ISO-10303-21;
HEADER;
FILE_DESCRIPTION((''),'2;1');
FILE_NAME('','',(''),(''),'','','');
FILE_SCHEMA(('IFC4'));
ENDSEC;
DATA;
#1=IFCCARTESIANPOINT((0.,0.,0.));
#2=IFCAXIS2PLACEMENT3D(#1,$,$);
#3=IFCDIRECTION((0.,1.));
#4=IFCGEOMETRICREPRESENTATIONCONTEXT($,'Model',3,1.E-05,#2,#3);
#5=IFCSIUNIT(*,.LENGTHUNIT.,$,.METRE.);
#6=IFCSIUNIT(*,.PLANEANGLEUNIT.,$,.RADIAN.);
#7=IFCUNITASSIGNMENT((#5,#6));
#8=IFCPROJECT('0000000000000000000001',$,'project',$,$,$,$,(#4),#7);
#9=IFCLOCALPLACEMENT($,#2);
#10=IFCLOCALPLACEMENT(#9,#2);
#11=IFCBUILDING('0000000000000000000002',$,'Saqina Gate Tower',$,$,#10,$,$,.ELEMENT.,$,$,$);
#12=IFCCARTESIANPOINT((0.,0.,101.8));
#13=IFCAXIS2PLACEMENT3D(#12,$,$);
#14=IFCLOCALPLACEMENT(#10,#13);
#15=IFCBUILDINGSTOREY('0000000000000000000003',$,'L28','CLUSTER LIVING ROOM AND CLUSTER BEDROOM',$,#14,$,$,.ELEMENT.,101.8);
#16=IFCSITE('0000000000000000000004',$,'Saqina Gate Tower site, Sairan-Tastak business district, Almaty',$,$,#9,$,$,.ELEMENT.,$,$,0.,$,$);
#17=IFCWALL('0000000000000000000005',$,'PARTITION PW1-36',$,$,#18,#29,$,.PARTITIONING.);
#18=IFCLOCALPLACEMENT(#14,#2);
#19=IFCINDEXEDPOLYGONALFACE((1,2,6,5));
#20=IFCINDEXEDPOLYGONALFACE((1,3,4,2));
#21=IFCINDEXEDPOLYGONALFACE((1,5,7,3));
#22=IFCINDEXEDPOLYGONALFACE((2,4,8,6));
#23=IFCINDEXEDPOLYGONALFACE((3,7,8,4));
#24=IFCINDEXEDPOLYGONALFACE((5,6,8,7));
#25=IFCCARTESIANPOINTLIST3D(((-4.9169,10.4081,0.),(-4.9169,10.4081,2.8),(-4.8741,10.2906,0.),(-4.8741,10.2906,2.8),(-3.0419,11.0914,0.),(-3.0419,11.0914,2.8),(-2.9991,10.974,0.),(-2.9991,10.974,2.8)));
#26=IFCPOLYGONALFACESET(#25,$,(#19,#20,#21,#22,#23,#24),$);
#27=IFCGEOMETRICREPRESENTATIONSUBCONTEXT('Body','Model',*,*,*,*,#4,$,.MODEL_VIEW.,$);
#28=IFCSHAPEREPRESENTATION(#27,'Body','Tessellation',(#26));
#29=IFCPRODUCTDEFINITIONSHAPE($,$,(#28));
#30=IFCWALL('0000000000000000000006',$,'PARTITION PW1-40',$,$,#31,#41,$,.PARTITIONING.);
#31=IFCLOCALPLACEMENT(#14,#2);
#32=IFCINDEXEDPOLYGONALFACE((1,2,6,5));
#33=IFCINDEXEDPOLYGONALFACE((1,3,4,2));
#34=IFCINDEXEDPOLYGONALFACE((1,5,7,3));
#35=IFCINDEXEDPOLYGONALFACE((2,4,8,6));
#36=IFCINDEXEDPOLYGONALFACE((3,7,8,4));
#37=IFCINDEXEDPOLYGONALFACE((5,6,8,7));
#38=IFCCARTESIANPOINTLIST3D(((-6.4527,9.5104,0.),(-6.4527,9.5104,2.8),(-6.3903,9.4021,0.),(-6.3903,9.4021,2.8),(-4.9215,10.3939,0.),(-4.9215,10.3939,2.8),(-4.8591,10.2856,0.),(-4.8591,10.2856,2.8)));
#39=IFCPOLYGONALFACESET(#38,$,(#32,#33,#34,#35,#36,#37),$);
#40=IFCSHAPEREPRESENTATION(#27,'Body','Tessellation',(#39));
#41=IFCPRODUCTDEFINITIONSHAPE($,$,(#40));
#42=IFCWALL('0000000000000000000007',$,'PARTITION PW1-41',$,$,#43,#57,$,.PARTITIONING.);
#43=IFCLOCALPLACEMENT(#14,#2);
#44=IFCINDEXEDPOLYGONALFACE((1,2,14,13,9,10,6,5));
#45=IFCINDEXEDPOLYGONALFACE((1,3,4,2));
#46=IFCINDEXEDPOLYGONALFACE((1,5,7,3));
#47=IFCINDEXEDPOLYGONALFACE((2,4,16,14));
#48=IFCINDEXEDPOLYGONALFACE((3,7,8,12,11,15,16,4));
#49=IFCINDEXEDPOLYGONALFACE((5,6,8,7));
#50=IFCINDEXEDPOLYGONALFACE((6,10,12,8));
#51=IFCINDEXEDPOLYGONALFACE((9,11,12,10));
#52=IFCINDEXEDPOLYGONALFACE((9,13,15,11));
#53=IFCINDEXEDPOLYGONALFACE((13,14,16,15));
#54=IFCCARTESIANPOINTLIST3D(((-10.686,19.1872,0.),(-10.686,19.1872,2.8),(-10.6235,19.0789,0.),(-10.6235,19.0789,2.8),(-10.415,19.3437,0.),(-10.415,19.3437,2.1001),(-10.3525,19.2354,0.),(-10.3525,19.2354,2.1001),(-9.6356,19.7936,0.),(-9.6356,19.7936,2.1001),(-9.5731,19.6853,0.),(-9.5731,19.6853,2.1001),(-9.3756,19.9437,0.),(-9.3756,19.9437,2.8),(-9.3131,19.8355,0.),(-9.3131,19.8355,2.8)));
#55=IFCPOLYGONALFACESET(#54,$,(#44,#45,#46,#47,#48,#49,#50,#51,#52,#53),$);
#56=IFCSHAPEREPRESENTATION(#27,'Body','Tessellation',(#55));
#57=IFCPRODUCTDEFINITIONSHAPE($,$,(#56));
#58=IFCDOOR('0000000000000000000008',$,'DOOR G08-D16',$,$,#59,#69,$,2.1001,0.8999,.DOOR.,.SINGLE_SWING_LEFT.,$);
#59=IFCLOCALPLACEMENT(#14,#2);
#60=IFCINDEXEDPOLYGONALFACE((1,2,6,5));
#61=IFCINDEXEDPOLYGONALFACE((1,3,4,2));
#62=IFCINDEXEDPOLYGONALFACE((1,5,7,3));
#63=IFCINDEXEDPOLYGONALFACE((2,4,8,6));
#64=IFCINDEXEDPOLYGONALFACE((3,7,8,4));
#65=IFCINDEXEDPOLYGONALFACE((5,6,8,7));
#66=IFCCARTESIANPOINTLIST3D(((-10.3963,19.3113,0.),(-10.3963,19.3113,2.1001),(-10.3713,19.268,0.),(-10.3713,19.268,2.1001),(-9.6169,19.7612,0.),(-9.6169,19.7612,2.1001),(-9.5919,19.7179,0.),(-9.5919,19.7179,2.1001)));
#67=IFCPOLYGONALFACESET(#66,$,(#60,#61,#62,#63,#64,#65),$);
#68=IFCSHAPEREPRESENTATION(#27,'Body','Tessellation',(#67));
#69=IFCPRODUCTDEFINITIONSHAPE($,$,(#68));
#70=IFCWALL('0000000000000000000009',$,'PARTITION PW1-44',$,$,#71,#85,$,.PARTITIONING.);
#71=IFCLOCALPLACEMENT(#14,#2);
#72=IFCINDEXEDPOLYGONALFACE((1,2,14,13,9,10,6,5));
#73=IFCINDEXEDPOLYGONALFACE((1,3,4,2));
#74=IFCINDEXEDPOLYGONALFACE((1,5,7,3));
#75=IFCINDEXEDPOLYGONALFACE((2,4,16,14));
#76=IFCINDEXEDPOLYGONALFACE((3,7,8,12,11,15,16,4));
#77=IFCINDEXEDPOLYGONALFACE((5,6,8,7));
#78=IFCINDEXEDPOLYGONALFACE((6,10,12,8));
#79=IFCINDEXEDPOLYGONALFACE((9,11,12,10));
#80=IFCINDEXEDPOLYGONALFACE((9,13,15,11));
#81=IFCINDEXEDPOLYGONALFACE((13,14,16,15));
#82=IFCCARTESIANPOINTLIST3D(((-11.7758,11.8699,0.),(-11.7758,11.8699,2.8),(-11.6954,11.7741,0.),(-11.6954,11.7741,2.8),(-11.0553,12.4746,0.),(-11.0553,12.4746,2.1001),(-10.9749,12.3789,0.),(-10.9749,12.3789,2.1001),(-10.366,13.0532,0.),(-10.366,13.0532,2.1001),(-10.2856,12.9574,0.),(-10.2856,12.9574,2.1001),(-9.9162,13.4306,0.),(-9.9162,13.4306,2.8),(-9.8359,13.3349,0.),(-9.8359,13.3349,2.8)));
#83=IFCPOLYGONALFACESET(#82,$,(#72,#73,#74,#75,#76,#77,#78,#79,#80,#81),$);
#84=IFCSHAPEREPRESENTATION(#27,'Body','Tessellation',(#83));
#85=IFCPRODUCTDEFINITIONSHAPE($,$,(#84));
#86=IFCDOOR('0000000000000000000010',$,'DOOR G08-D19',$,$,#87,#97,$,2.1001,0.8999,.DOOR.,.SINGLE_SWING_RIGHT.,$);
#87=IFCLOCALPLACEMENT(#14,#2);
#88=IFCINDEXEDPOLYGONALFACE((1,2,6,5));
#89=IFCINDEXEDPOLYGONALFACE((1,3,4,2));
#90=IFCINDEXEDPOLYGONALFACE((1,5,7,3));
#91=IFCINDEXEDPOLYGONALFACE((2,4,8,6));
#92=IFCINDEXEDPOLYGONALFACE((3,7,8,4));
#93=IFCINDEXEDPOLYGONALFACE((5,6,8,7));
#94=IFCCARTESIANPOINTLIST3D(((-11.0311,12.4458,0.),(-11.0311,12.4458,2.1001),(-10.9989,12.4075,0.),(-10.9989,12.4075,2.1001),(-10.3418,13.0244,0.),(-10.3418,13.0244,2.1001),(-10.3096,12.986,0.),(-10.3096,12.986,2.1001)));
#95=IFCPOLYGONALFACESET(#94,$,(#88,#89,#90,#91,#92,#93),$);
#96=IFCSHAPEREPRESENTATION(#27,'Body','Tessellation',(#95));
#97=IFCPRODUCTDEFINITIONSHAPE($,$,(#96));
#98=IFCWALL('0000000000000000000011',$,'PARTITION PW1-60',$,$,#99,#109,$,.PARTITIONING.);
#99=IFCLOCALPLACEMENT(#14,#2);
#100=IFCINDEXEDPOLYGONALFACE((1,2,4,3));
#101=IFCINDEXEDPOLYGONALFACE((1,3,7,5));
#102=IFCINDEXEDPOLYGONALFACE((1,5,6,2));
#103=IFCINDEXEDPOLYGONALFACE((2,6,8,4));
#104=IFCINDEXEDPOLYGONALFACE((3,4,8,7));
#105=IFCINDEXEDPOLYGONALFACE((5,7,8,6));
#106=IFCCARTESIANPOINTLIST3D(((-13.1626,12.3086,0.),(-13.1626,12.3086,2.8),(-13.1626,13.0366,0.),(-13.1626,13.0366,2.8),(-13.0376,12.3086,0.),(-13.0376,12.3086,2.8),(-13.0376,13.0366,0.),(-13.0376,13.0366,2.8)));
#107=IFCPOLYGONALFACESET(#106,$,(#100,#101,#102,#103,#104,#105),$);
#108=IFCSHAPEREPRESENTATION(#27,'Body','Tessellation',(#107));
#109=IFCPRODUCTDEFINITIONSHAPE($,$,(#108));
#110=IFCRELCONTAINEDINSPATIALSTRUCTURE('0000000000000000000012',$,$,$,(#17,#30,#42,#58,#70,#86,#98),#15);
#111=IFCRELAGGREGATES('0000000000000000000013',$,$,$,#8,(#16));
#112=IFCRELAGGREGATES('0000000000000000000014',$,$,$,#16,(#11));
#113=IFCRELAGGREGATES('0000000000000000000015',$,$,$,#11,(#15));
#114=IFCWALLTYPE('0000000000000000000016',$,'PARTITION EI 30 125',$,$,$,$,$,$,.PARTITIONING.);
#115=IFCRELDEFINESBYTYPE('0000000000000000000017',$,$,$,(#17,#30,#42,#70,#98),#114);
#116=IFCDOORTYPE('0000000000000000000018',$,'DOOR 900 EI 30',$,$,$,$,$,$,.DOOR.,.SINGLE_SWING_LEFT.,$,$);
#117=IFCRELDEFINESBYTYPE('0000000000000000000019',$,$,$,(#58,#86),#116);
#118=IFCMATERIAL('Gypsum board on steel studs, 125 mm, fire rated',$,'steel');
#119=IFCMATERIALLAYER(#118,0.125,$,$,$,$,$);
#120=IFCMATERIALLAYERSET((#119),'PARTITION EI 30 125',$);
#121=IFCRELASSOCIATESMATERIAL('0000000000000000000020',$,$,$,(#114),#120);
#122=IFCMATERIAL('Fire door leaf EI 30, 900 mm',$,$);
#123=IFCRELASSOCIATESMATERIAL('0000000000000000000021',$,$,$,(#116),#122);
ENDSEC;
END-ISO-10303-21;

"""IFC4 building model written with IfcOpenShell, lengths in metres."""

from ifc_helpers import new_model, si_unit, direction, frame, frame_2d, origin, place, context, subcontext, project, spatial, rectangle, extrude, material, layer, layer_set, type_object, element, fill, save


model = new_model("IFC4")

# Units and contexts
model_context = context("Model", 3, precision=1e-05, world=origin(), true_north=direction((0.0, 1.0)))
body_context = subcontext(model_context, "Body", "Model", "MODEL_VIEW")
ifc_project = project(units=[si_unit("LENGTHUNIT", "METRE"), si_unit("PLANEANGLEUNIT", "RADIAN")], contexts=[model_context])

# Site, building, storey
site_placement = place(None, origin())
site = spatial("IfcSite", under=ifc_project, at=site_placement, Name="Saqina Gate Tower site, Sairan-Tastak business district, Almaty", CompositionType="ELEMENT", RefElevation=0.0)
building_placement = place(site_placement, origin())
building = spatial("IfcBuilding", under=site, at=building_placement, Name="Saqina Gate Tower", CompositionType="ELEMENT")
storey_placement = place(building_placement, frame((0.0, 0.0, 101.8)))
storey = spatial("IfcBuildingStorey", under=building, at=storey_placement, Name="L28", Description="CLUSTER LIVING ROOM AND CLUSTER BEDROOM", CompositionType="ELEMENT", Elevation=101.8)

# Shared definitions
ifc_material_1 = material(Name="Gypsum board on steel studs, 125 mm, fire rated", Category="steel")
ifc_layer_1 = layer(ifc_material_1, 0.125)
ifc_layer_set_1 = layer_set([ifc_layer_1], Name="PARTITION EI 30 125")
wall_type_1 = type_object("IfcWallType", Name="PARTITION EI 30 125", PredefinedType="PARTITIONING", material=ifc_layer_set_1)

# Walls
wall_1_placement = place(storey_placement, frame((-4.8955, 10.3494, 0.0), z_axis=(0.0, 0.0, 1.0), x_axis=(0.939547, 0.342421, 0.0)))
element("IfcWall", 1, at=wall_1_placement, inside=storey, type_object=wall_type_1, Name="PARTITION PW1-36", PredefinedType="PARTITIONING", context=body_context, shape_type="SweptSolid", body=[
    extrude(rectangle(XDim=1.9956, YDim=0.125, at=frame_2d((0.9978, 0.0))), origin(), (0.0, 0.0, 1.0), 2.8),
])
wall_2_placement = place(storey_placement, frame((-6.4214, 9.4563, 0.0), z_axis=(0.0, 0.0, 1.0), x_axis=(0.866153, 0.499778, 0.0)))
element("IfcWall", 2, at=wall_2_placement, inside=storey, type_object=wall_type_1, Name="PARTITION PW1-40", PredefinedType="PARTITIONING", context=body_context, shape_type="SweptSolid", body=[
    extrude(rectangle(XDim=1.7678, YDim=0.125, at=frame_2d((0.8838, 0.0))), origin(), (0.0, 0.0, 1.0), 2.8),
])

# Walls, openings, doors
wall_3_placement = place(storey_placement, frame((-10.6548, 19.1331, 0.0), z_axis=(0.0, 0.0, 1.0), x_axis=(0.866041, 0.499974, 0.0)))
wall_3 = element("IfcWall", 3, at=wall_3_placement, inside=storey, type_object=wall_type_1, Name="PARTITION PW1-41", PredefinedType="PARTITIONING", context=body_context, shape_type="SweptSolid", body=[
    extrude(rectangle(XDim=1.5132, YDim=0.125, at=frame_2d((0.7566, 0.0))), origin(), (0.0, 0.0, 1.0), 2.8),
])
opening_1_placement = place(wall_3_placement, frame((0.313, 0.0, 0.0)))
opening_1 = element("IfcOpeningElement", 4, at=opening_1_placement, cuts=wall_3, PredefinedType="OPENING", context=body_context, shape_type="SweptSolid", body=[
    extrude(rectangle(XDim=0.8999, YDim=2.1001, at=frame_2d((0.45, 1.05))), frame((0.0, 0.0745, 0.0), z_axis=(0.0, -1.0, 0.0), x_axis=(1.0, 0.0, 0.0)), (0.0, 0.0, 1.0), 0.1489),
])
ifc_material_2 = material(Name="Fire door leaf EI 30, 900 mm")
door_type_1 = type_object("IfcDoorType", Name="DOOR 900 EI 30", OperationType="SINGLE_SWING_LEFT", PredefinedType="DOOR", material=ifc_material_2)
door_1_placement = place(opening_1_placement, frame((0.8999, 0.0, 0.0), z_axis=(0.0, 0.0, 1.0), x_axis=(-1.0, 0.0, 0.0)))
door_1 = element("IfcDoor", 5, at=door_1_placement, inside=storey, type_object=door_type_1, Name="DOOR G08-D16", OperationType="SINGLE_SWING_LEFT", OverallHeight=2.1001, OverallWidth=0.8999, PredefinedType="DOOR", context=body_context, shape_type="SweptSolid", body=[
    extrude(rectangle(XDim=0.8999, YDim=2.1001, at=frame_2d((0.45, 1.05))), frame((0.0, 0.0249, 0.0), z_axis=(0.0, -1.0, 0.0), x_axis=(1.0, 0.0, 0.0)), (0.0, 0.0, 1.0), 0.05),
])
fill(opening_1, door_1)
wall_4_placement = place(storey_placement, frame((-11.7356, 11.822, 0.0), z_axis=(0.0, 0.0, 1.0), x_axis=(0.765966, 0.642881, 0.0)))
wall_4 = element("IfcWall", 6, at=wall_4_placement, inside=storey, type_object=wall_type_1, Name="PARTITION PW1-44", PredefinedType="PARTITIONING", context=body_context, shape_type="SweptSolid", body=[
    extrude(rectangle(XDim=2.4277, YDim=0.125, at=frame_2d((1.2139, 0.0))), origin(), (0.0, 0.0, 1.0), 2.8),
])
opening_2_placement = place(wall_4_placement, frame((0.9407, 0.0, 0.0)))
opening_2 = element("IfcOpeningElement", 7, at=opening_2_placement, cuts=wall_4, PredefinedType="OPENING", context=body_context, shape_type="SweptSolid", body=[
    extrude(rectangle(XDim=0.8999, YDim=2.1001, at=frame_2d((0.45, 1.05))), frame((0.0, 0.0745, 0.0), z_axis=(0.0, -1.0, 0.0), x_axis=(1.0, 0.0, 0.0)), (0.0, 0.0, 1.0), 0.1489),
])
door_2_placement = place(opening_2_placement, origin())
door_2 = element("IfcDoor", 8, at=door_2_placement, inside=storey, type_object=door_type_1, Name="DOOR G08-D19", OperationType="SINGLE_SWING_RIGHT", OverallHeight=2.1001, OverallWidth=0.8999, PredefinedType="DOOR", context=body_context, shape_type="SweptSolid", body=[
    extrude(rectangle(XDim=0.8999, YDim=2.1001, at=frame_2d((0.45, 1.05))), frame((0.0, 0.0249, 0.0), z_axis=(0.0, -1.0, 0.0), x_axis=(1.0, 0.0, 0.0)), (0.0, 0.0, 1.0), 0.05),
])
fill(opening_2, door_2)

# Wall
wall_5_placement = place(storey_placement, frame((-13.1001, 12.3086, 0.0), z_axis=(0.0, 0.0, 1.0), x_axis=(0.0, 1.0, 0.0)))
element("IfcWall", 9, at=wall_5_placement, inside=storey, type_object=wall_type_1, Name="PARTITION PW1-60", PredefinedType="PARTITIONING", context=body_context, shape_type="SweptSolid", body=[
    extrude(rectangle(XDim=0.728, YDim=0.125, at=frame_2d((0.364, 0.0))), origin(), (0.0, 0.0, 1.0), 2.8),
])

save(model, "model.ifc")
